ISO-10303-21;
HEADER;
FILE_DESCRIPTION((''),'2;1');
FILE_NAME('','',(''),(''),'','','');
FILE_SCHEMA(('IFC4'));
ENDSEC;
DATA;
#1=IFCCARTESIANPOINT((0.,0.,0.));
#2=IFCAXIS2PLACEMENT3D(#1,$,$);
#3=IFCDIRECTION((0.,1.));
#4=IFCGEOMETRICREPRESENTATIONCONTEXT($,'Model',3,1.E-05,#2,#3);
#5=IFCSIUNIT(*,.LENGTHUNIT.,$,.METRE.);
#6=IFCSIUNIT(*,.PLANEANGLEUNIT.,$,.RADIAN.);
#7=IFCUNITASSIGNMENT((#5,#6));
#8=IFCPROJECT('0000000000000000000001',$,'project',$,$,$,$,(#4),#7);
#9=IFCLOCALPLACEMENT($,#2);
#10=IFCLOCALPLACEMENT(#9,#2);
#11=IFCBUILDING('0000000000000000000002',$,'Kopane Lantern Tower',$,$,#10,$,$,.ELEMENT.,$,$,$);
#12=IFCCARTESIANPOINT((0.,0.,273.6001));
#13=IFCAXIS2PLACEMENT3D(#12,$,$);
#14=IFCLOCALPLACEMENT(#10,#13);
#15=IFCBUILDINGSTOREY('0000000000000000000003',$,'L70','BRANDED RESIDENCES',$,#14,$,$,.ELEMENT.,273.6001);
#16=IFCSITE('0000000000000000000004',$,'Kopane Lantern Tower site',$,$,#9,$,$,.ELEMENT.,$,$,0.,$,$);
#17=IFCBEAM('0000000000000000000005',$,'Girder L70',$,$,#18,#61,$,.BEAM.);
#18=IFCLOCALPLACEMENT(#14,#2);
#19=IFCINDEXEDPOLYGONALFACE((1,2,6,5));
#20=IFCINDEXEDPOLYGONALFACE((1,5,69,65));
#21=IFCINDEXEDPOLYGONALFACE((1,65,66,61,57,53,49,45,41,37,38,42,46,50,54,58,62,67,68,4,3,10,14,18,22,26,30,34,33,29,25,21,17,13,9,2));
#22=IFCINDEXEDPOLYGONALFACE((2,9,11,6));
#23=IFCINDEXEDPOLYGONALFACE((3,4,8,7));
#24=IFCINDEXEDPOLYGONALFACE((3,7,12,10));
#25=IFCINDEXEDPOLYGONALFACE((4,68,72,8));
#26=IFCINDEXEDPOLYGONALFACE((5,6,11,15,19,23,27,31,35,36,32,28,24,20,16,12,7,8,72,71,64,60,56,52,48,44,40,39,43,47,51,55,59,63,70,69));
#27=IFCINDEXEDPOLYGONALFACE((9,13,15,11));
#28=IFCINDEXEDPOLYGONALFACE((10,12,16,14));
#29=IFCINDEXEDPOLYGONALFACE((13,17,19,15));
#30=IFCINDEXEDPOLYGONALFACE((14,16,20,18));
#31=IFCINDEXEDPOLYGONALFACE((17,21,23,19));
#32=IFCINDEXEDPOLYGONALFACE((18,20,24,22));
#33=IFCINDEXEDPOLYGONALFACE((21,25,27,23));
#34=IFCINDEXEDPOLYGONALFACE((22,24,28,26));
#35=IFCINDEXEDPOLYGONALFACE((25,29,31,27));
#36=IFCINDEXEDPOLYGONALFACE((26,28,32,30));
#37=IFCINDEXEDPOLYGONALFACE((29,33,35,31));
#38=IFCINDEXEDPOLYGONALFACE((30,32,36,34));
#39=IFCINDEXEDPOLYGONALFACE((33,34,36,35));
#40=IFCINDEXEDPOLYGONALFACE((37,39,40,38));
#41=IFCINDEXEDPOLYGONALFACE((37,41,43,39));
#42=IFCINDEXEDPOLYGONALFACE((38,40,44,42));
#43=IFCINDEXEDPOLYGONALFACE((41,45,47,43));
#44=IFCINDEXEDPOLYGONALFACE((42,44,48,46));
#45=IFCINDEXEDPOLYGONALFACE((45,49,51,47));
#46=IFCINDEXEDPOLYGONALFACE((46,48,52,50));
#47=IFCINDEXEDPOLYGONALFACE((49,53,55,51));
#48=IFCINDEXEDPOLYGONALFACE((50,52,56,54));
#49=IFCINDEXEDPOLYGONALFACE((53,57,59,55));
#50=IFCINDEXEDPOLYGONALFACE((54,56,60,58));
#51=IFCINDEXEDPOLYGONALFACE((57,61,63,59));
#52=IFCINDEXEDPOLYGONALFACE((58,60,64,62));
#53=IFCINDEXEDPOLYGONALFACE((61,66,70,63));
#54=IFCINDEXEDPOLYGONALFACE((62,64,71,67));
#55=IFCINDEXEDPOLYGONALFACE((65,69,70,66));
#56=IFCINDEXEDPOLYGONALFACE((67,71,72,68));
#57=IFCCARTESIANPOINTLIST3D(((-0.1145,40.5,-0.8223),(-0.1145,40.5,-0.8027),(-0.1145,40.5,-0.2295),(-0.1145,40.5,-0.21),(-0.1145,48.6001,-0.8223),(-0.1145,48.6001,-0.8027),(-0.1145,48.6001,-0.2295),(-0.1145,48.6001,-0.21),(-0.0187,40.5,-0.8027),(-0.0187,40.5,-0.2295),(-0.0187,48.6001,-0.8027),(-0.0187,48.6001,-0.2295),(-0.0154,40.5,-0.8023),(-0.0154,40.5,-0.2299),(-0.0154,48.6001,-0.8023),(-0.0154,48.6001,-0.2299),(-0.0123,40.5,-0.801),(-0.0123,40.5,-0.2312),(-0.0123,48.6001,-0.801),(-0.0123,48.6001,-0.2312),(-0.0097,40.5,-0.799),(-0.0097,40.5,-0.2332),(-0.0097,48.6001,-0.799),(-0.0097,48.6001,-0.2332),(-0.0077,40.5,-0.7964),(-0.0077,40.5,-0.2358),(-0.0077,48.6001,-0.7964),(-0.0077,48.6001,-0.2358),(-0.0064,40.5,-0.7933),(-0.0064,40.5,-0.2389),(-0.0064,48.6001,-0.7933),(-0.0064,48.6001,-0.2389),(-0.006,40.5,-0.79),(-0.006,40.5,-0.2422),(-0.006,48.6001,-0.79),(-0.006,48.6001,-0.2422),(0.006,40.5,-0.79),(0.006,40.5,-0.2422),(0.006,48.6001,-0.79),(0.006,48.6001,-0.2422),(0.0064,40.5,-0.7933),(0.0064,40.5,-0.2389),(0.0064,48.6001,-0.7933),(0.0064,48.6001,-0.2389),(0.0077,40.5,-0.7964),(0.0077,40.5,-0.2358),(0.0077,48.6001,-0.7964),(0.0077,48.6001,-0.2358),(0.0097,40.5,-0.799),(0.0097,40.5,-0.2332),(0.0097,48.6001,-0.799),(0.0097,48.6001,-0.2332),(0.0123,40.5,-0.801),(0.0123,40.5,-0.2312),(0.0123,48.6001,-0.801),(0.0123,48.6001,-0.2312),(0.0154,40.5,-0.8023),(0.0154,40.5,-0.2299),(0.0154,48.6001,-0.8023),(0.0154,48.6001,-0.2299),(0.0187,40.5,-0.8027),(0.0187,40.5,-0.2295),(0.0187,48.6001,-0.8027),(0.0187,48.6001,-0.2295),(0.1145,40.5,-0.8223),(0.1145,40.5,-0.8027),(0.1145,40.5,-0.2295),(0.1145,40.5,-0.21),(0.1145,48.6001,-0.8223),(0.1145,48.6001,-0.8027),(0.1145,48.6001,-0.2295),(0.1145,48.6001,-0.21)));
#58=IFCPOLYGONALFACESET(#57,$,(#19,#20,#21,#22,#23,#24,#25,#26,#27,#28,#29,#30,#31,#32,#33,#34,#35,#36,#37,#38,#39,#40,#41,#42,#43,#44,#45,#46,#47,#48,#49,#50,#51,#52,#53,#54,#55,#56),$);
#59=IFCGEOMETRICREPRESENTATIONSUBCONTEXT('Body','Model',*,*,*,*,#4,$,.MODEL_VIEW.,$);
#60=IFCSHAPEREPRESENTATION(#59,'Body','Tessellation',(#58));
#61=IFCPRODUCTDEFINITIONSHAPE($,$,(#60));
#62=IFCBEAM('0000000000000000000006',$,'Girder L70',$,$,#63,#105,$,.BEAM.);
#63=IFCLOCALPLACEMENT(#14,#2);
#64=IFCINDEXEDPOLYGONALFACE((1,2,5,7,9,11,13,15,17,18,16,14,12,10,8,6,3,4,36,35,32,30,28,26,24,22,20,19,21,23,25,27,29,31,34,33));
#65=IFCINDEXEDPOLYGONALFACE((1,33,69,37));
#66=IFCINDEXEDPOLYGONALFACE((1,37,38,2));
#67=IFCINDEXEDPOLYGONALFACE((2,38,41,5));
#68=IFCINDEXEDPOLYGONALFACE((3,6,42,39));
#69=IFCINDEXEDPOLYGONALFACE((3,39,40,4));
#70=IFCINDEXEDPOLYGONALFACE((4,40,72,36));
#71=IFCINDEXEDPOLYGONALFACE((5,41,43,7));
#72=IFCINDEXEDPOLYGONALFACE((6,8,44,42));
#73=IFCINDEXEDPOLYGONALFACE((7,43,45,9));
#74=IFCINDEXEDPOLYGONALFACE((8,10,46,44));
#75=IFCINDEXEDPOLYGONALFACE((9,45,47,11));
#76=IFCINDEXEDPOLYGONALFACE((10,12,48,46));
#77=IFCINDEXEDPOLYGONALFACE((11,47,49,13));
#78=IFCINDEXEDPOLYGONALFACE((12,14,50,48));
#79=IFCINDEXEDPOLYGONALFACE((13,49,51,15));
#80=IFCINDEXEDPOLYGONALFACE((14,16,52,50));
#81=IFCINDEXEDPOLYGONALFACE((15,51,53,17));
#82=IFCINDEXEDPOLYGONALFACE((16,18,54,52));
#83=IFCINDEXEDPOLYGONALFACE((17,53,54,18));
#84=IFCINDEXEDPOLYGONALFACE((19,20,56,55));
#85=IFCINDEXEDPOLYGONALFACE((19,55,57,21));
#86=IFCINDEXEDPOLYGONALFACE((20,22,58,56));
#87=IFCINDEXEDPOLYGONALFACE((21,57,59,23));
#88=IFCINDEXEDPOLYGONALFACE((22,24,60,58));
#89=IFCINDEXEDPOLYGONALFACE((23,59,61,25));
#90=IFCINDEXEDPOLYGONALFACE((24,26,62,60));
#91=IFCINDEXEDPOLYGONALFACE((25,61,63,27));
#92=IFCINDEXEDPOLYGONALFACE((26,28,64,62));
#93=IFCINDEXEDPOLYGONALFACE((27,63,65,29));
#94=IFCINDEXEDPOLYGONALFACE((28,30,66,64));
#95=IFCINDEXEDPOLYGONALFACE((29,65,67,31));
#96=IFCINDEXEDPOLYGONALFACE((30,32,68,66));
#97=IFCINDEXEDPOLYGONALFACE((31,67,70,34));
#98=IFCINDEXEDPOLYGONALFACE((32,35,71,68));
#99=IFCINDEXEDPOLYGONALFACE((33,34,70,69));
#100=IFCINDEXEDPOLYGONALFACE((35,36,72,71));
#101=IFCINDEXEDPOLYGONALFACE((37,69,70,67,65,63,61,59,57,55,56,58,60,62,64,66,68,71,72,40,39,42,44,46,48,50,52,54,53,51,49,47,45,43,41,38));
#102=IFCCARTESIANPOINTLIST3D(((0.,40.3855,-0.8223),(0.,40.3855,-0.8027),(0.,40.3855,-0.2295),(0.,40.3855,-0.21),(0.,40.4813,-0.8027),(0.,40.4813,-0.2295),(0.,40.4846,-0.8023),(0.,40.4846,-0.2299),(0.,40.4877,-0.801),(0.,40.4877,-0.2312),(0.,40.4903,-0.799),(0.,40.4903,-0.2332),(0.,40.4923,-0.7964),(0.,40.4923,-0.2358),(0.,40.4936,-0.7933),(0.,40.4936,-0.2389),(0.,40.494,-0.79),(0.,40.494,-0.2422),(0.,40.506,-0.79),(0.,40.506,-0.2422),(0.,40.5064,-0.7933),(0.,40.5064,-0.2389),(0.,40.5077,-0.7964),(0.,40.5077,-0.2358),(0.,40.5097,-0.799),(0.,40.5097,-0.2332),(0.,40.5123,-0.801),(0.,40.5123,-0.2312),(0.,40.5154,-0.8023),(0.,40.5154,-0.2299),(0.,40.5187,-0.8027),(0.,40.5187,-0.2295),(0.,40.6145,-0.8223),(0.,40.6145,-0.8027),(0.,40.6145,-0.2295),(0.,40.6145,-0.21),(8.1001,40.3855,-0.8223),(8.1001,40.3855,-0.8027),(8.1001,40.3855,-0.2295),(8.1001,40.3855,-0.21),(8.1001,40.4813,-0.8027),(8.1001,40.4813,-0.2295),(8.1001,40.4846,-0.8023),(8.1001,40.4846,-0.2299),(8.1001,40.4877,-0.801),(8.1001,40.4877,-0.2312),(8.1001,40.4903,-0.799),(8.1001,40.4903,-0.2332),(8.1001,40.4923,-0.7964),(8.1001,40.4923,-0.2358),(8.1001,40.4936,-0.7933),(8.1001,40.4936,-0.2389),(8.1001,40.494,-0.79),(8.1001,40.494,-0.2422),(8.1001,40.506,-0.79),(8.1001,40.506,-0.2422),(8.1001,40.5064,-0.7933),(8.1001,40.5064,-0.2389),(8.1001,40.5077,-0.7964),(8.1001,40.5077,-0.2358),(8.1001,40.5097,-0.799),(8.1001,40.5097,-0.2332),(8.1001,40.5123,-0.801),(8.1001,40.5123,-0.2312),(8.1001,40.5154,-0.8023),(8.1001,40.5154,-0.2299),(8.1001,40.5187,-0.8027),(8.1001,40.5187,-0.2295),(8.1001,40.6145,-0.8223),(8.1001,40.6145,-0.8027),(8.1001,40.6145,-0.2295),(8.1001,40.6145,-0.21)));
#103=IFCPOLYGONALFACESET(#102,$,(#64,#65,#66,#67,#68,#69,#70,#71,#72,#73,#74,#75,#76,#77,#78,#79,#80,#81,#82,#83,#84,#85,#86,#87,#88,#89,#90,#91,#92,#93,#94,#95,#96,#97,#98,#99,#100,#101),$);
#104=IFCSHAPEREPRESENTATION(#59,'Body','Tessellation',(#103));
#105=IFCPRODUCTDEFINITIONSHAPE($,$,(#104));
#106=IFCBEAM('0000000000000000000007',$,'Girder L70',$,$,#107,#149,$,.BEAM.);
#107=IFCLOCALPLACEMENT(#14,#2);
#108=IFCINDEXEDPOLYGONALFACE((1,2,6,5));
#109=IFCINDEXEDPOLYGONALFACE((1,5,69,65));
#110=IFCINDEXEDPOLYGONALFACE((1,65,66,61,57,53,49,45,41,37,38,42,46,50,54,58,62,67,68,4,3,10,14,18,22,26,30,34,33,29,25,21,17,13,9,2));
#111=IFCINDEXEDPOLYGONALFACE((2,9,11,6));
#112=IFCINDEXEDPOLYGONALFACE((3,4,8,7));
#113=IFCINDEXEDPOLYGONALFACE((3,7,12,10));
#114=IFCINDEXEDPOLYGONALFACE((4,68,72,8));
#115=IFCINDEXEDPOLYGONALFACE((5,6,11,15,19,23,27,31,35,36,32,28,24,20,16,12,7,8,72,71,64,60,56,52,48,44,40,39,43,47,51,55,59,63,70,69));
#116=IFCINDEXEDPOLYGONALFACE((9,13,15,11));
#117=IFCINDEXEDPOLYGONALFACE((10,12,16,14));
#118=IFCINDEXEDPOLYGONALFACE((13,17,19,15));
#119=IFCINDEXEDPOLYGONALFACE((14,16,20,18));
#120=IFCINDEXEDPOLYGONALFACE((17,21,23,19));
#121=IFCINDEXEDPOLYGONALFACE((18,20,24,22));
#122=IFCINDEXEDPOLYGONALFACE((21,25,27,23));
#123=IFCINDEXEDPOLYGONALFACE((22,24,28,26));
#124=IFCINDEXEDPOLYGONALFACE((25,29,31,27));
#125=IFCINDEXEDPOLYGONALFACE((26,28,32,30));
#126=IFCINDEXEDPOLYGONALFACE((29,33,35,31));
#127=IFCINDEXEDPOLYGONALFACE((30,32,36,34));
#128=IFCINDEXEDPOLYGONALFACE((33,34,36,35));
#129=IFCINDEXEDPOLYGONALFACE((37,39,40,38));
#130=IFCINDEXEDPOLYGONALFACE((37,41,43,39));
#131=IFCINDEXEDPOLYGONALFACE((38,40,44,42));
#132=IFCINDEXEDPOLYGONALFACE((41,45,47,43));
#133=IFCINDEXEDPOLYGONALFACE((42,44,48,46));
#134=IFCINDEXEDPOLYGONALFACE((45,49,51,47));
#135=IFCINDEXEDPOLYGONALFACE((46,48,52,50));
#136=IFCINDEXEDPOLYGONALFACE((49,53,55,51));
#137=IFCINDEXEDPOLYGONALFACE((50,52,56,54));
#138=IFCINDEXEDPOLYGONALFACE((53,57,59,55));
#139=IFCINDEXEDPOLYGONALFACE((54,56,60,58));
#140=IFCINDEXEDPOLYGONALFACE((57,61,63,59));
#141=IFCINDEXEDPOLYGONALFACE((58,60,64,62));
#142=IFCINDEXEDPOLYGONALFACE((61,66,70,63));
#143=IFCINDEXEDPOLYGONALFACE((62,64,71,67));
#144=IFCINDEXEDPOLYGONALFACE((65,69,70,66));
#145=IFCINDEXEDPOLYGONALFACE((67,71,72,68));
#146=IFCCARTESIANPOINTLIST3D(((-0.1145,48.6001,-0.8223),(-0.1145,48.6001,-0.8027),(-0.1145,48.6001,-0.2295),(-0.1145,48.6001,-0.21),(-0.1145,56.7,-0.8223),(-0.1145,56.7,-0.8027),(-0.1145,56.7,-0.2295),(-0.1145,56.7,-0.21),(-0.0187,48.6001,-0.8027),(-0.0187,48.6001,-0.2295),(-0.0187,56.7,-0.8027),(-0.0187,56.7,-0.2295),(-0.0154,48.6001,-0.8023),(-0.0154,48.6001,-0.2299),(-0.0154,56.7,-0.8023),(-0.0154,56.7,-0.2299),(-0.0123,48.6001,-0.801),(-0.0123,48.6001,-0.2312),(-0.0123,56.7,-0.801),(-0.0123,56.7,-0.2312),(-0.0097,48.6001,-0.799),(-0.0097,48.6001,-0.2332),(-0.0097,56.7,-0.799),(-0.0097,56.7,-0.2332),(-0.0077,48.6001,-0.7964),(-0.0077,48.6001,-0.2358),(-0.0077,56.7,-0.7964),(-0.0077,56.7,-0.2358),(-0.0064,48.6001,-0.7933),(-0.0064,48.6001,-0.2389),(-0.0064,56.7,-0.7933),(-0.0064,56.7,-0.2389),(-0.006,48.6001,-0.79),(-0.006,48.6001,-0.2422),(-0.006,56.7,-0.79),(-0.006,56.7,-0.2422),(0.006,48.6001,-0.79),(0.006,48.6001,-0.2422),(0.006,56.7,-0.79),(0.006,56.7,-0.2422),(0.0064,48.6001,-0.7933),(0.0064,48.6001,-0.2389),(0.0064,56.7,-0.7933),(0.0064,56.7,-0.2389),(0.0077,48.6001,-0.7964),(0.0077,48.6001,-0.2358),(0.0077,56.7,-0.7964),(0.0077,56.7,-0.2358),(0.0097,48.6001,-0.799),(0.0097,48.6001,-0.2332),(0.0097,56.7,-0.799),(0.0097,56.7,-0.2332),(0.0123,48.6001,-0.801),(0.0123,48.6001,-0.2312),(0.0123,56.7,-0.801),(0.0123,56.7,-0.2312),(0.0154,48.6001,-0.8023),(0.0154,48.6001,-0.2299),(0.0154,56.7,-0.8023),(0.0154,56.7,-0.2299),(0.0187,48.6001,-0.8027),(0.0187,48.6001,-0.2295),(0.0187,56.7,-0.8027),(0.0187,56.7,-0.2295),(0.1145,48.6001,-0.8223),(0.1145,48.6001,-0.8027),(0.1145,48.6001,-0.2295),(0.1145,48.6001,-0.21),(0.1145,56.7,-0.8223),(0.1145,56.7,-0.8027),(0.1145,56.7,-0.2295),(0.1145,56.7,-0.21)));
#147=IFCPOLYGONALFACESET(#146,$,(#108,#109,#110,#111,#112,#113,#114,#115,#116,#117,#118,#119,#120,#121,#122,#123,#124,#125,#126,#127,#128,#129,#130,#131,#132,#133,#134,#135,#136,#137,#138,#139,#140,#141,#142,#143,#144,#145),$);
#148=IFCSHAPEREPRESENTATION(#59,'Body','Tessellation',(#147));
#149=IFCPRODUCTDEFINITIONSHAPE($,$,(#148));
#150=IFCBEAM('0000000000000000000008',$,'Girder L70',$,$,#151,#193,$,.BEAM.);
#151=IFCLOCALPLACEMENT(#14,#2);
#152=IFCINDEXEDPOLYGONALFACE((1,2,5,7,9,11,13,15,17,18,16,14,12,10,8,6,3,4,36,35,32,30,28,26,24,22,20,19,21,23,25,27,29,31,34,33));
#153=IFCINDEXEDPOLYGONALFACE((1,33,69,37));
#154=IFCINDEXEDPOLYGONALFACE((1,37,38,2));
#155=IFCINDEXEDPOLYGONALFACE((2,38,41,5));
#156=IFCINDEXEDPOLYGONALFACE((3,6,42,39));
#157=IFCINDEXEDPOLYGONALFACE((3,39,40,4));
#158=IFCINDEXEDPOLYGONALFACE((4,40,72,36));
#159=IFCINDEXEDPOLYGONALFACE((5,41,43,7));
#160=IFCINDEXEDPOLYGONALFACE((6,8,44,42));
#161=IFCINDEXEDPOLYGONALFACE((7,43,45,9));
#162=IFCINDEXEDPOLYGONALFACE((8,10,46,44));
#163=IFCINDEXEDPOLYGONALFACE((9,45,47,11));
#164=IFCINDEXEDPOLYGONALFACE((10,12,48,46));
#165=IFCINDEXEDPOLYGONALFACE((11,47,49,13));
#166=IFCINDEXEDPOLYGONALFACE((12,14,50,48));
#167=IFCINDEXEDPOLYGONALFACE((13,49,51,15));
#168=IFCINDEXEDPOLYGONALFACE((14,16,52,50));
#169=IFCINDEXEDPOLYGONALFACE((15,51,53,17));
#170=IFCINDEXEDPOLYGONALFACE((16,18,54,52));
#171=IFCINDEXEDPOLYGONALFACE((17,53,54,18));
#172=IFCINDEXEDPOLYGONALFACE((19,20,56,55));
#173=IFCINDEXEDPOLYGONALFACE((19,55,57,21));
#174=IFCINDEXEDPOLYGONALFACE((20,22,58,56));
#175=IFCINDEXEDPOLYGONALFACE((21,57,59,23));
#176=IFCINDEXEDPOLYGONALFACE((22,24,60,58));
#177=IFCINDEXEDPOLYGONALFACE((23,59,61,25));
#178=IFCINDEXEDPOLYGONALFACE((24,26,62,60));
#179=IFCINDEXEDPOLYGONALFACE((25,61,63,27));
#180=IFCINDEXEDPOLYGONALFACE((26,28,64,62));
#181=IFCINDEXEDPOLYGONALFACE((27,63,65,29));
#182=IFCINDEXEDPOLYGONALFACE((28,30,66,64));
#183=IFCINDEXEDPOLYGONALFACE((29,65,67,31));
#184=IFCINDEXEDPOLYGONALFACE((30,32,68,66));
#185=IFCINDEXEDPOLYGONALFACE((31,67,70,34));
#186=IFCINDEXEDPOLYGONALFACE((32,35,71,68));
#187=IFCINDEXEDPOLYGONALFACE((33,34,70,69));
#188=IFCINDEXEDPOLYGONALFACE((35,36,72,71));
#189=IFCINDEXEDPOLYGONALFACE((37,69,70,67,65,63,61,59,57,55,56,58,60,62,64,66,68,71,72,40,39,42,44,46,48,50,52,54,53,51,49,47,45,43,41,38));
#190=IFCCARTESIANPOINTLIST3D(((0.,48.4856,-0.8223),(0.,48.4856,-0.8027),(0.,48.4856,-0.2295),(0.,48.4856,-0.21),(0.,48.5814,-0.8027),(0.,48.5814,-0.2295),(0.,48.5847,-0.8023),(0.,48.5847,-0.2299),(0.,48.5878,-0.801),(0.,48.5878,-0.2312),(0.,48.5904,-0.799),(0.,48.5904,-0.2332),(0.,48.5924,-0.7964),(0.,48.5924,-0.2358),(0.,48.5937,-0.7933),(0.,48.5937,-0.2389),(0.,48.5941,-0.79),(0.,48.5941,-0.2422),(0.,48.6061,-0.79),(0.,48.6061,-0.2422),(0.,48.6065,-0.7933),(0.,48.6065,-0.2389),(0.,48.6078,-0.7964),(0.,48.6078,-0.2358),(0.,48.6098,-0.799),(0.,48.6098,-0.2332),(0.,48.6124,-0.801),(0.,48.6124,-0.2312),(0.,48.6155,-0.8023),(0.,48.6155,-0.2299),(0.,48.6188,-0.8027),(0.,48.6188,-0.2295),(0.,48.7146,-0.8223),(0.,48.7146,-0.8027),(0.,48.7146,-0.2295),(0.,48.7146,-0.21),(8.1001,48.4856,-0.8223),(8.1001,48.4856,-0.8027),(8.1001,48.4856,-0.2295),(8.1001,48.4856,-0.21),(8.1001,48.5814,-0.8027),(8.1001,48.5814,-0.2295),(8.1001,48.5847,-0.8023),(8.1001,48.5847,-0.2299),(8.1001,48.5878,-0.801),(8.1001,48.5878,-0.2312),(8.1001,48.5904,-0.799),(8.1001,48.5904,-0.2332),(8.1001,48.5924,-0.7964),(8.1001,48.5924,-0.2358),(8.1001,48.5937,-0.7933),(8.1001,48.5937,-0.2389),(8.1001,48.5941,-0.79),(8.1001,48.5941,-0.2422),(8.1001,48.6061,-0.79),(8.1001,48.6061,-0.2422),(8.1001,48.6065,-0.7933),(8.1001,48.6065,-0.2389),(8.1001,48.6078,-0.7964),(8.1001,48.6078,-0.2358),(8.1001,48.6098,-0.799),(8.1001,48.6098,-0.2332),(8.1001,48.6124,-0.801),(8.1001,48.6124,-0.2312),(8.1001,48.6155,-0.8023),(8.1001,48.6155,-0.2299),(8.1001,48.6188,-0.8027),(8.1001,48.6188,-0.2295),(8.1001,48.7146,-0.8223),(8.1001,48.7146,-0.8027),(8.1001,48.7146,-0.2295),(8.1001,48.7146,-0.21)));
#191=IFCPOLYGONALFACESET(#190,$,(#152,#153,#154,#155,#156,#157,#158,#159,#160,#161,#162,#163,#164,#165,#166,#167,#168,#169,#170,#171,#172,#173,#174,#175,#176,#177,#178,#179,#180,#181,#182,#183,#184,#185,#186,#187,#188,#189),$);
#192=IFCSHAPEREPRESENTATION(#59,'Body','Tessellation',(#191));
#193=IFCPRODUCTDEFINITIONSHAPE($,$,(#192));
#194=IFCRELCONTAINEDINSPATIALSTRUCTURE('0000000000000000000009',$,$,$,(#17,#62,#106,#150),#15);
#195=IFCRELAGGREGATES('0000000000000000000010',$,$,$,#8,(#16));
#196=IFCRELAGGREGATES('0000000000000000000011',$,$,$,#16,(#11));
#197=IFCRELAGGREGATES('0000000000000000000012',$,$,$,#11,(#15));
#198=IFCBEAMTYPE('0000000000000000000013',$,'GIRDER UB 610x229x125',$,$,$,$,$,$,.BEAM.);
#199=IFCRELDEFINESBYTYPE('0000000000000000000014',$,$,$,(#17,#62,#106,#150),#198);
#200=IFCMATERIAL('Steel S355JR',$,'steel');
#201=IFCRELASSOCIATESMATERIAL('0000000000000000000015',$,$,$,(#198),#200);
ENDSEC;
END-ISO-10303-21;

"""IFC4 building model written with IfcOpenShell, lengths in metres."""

from ifc_helpers import new_model, si_unit, direction, frame, origin, origin_2d, place, context, subcontext, project, spatial, i_section, extrude, material, material_profile, profile_set, type_object, element, save


model = new_model("IFC4")

# Units and contexts
model_context = context("Model", 3, precision=1e-05, world=origin(), true_north=direction((0.0, 1.0)))
body_context = subcontext(model_context, "Body", "Model", "MODEL_VIEW")
ifc_project = project(units=[si_unit("LENGTHUNIT", "METRE"), si_unit("PLANEANGLEUNIT", "RADIAN")], contexts=[model_context])

# Site, building, storey
site_placement = place(None, origin())
site = spatial("IfcSite", under=ifc_project, at=site_placement, Name="Kopane Lantern Tower site", CompositionType="ELEMENT", RefElevation=0.0)
building_placement = place(site_placement, origin())
building = spatial("IfcBuilding", under=site, at=building_placement, Name="Kopane Lantern Tower", CompositionType="ELEMENT")
storey_placement = place(building_placement, frame((0.0, 0.0, 273.6001)))
storey = spatial("IfcBuildingStorey", under=building, at=storey_placement, Name="L70", Description="BRANDED RESIDENCES", CompositionType="ELEMENT", Elevation=273.6001)

# Beams
ifc_material_1 = material(Name="Steel S355JR", Category="steel")
ifc_material_profile_1 = material_profile(ifc_material_1, i_section(OverallWidth=0.229, OverallDepth=0.6123, WebThickness=0.012, FlangeThickness=0.0195, FilletRadius=0.0127, at=origin_2d()), Name="UB 610x229x125")
ifc_profile_set_1 = profile_set([ifc_material_profile_1], Name="Steel S355JR")
beam_type = type_object("IfcBeamType", Name="GIRDER UB 610x229x125", PredefinedType="BEAM", material=ifc_profile_set_1)
for number, where, z_axis, x_axis, name in (
    (1, (0.0, 40.5, -0.5161), (0.0, 1.0, 0.0), (-1.0, 0.0, 0.0), "Girder L70"),
    (2, (0.0, 40.5, -0.5161), (1.0, 0.0, 0.0), (0.0, 1.0, 0.0), "Girder L70"),
):
    element("IfcBeam", number, at=place(storey_placement, frame(where, z_axis=z_axis, x_axis=x_axis)), inside=storey, type_object=beam_type, Name=name, PredefinedType="BEAM", context=body_context, shape_type="SweptSolid", body=[
        extrude(i_section(OverallWidth=0.229, OverallDepth=0.6123, WebThickness=0.012, FlangeThickness=0.0195, FilletRadius=0.0127, at=origin_2d()), origin(), (0.0, 0.0, 1.0), 8.1001),
    ])
beam_placement = place(storey_placement, frame((0.0, 48.6001, -0.5161), z_axis=(0.0, 1.0, 0.0), x_axis=(-1.0, 0.0, 0.0)))
element("IfcBeam", 3, at=beam_placement, inside=storey, type_object=beam_type, Name="Girder L70", PredefinedType="BEAM", context=body_context, shape_type="SweptSolid", body=[
    extrude(i_section(OverallWidth=0.229, OverallDepth=0.6123, WebThickness=0.012, FlangeThickness=0.0195, FilletRadius=0.0127, at=origin_2d()), origin(), (0.0, 0.0, 1.0), 8.0999),
])
for number, where, z_axis, x_axis, name in (
    (4, (0.0, 48.6001, -0.5161), (1.0, 0.0, 0.0), (0.0, 1.0, 0.0), "Girder L70"),
):
    element("IfcBeam", number, at=place(storey_placement, frame(where, z_axis=z_axis, x_axis=x_axis)), inside=storey, type_object=beam_type, Name=name, PredefinedType="BEAM", context=body_context, shape_type="SweptSolid", body=[
        extrude(i_section(OverallWidth=0.229, OverallDepth=0.6123, WebThickness=0.012, FlangeThickness=0.0195, FilletRadius=0.0127, at=origin_2d()), origin(), (0.0, 0.0, 1.0), 8.1001),
    ])

save(model, "model.ifc")
